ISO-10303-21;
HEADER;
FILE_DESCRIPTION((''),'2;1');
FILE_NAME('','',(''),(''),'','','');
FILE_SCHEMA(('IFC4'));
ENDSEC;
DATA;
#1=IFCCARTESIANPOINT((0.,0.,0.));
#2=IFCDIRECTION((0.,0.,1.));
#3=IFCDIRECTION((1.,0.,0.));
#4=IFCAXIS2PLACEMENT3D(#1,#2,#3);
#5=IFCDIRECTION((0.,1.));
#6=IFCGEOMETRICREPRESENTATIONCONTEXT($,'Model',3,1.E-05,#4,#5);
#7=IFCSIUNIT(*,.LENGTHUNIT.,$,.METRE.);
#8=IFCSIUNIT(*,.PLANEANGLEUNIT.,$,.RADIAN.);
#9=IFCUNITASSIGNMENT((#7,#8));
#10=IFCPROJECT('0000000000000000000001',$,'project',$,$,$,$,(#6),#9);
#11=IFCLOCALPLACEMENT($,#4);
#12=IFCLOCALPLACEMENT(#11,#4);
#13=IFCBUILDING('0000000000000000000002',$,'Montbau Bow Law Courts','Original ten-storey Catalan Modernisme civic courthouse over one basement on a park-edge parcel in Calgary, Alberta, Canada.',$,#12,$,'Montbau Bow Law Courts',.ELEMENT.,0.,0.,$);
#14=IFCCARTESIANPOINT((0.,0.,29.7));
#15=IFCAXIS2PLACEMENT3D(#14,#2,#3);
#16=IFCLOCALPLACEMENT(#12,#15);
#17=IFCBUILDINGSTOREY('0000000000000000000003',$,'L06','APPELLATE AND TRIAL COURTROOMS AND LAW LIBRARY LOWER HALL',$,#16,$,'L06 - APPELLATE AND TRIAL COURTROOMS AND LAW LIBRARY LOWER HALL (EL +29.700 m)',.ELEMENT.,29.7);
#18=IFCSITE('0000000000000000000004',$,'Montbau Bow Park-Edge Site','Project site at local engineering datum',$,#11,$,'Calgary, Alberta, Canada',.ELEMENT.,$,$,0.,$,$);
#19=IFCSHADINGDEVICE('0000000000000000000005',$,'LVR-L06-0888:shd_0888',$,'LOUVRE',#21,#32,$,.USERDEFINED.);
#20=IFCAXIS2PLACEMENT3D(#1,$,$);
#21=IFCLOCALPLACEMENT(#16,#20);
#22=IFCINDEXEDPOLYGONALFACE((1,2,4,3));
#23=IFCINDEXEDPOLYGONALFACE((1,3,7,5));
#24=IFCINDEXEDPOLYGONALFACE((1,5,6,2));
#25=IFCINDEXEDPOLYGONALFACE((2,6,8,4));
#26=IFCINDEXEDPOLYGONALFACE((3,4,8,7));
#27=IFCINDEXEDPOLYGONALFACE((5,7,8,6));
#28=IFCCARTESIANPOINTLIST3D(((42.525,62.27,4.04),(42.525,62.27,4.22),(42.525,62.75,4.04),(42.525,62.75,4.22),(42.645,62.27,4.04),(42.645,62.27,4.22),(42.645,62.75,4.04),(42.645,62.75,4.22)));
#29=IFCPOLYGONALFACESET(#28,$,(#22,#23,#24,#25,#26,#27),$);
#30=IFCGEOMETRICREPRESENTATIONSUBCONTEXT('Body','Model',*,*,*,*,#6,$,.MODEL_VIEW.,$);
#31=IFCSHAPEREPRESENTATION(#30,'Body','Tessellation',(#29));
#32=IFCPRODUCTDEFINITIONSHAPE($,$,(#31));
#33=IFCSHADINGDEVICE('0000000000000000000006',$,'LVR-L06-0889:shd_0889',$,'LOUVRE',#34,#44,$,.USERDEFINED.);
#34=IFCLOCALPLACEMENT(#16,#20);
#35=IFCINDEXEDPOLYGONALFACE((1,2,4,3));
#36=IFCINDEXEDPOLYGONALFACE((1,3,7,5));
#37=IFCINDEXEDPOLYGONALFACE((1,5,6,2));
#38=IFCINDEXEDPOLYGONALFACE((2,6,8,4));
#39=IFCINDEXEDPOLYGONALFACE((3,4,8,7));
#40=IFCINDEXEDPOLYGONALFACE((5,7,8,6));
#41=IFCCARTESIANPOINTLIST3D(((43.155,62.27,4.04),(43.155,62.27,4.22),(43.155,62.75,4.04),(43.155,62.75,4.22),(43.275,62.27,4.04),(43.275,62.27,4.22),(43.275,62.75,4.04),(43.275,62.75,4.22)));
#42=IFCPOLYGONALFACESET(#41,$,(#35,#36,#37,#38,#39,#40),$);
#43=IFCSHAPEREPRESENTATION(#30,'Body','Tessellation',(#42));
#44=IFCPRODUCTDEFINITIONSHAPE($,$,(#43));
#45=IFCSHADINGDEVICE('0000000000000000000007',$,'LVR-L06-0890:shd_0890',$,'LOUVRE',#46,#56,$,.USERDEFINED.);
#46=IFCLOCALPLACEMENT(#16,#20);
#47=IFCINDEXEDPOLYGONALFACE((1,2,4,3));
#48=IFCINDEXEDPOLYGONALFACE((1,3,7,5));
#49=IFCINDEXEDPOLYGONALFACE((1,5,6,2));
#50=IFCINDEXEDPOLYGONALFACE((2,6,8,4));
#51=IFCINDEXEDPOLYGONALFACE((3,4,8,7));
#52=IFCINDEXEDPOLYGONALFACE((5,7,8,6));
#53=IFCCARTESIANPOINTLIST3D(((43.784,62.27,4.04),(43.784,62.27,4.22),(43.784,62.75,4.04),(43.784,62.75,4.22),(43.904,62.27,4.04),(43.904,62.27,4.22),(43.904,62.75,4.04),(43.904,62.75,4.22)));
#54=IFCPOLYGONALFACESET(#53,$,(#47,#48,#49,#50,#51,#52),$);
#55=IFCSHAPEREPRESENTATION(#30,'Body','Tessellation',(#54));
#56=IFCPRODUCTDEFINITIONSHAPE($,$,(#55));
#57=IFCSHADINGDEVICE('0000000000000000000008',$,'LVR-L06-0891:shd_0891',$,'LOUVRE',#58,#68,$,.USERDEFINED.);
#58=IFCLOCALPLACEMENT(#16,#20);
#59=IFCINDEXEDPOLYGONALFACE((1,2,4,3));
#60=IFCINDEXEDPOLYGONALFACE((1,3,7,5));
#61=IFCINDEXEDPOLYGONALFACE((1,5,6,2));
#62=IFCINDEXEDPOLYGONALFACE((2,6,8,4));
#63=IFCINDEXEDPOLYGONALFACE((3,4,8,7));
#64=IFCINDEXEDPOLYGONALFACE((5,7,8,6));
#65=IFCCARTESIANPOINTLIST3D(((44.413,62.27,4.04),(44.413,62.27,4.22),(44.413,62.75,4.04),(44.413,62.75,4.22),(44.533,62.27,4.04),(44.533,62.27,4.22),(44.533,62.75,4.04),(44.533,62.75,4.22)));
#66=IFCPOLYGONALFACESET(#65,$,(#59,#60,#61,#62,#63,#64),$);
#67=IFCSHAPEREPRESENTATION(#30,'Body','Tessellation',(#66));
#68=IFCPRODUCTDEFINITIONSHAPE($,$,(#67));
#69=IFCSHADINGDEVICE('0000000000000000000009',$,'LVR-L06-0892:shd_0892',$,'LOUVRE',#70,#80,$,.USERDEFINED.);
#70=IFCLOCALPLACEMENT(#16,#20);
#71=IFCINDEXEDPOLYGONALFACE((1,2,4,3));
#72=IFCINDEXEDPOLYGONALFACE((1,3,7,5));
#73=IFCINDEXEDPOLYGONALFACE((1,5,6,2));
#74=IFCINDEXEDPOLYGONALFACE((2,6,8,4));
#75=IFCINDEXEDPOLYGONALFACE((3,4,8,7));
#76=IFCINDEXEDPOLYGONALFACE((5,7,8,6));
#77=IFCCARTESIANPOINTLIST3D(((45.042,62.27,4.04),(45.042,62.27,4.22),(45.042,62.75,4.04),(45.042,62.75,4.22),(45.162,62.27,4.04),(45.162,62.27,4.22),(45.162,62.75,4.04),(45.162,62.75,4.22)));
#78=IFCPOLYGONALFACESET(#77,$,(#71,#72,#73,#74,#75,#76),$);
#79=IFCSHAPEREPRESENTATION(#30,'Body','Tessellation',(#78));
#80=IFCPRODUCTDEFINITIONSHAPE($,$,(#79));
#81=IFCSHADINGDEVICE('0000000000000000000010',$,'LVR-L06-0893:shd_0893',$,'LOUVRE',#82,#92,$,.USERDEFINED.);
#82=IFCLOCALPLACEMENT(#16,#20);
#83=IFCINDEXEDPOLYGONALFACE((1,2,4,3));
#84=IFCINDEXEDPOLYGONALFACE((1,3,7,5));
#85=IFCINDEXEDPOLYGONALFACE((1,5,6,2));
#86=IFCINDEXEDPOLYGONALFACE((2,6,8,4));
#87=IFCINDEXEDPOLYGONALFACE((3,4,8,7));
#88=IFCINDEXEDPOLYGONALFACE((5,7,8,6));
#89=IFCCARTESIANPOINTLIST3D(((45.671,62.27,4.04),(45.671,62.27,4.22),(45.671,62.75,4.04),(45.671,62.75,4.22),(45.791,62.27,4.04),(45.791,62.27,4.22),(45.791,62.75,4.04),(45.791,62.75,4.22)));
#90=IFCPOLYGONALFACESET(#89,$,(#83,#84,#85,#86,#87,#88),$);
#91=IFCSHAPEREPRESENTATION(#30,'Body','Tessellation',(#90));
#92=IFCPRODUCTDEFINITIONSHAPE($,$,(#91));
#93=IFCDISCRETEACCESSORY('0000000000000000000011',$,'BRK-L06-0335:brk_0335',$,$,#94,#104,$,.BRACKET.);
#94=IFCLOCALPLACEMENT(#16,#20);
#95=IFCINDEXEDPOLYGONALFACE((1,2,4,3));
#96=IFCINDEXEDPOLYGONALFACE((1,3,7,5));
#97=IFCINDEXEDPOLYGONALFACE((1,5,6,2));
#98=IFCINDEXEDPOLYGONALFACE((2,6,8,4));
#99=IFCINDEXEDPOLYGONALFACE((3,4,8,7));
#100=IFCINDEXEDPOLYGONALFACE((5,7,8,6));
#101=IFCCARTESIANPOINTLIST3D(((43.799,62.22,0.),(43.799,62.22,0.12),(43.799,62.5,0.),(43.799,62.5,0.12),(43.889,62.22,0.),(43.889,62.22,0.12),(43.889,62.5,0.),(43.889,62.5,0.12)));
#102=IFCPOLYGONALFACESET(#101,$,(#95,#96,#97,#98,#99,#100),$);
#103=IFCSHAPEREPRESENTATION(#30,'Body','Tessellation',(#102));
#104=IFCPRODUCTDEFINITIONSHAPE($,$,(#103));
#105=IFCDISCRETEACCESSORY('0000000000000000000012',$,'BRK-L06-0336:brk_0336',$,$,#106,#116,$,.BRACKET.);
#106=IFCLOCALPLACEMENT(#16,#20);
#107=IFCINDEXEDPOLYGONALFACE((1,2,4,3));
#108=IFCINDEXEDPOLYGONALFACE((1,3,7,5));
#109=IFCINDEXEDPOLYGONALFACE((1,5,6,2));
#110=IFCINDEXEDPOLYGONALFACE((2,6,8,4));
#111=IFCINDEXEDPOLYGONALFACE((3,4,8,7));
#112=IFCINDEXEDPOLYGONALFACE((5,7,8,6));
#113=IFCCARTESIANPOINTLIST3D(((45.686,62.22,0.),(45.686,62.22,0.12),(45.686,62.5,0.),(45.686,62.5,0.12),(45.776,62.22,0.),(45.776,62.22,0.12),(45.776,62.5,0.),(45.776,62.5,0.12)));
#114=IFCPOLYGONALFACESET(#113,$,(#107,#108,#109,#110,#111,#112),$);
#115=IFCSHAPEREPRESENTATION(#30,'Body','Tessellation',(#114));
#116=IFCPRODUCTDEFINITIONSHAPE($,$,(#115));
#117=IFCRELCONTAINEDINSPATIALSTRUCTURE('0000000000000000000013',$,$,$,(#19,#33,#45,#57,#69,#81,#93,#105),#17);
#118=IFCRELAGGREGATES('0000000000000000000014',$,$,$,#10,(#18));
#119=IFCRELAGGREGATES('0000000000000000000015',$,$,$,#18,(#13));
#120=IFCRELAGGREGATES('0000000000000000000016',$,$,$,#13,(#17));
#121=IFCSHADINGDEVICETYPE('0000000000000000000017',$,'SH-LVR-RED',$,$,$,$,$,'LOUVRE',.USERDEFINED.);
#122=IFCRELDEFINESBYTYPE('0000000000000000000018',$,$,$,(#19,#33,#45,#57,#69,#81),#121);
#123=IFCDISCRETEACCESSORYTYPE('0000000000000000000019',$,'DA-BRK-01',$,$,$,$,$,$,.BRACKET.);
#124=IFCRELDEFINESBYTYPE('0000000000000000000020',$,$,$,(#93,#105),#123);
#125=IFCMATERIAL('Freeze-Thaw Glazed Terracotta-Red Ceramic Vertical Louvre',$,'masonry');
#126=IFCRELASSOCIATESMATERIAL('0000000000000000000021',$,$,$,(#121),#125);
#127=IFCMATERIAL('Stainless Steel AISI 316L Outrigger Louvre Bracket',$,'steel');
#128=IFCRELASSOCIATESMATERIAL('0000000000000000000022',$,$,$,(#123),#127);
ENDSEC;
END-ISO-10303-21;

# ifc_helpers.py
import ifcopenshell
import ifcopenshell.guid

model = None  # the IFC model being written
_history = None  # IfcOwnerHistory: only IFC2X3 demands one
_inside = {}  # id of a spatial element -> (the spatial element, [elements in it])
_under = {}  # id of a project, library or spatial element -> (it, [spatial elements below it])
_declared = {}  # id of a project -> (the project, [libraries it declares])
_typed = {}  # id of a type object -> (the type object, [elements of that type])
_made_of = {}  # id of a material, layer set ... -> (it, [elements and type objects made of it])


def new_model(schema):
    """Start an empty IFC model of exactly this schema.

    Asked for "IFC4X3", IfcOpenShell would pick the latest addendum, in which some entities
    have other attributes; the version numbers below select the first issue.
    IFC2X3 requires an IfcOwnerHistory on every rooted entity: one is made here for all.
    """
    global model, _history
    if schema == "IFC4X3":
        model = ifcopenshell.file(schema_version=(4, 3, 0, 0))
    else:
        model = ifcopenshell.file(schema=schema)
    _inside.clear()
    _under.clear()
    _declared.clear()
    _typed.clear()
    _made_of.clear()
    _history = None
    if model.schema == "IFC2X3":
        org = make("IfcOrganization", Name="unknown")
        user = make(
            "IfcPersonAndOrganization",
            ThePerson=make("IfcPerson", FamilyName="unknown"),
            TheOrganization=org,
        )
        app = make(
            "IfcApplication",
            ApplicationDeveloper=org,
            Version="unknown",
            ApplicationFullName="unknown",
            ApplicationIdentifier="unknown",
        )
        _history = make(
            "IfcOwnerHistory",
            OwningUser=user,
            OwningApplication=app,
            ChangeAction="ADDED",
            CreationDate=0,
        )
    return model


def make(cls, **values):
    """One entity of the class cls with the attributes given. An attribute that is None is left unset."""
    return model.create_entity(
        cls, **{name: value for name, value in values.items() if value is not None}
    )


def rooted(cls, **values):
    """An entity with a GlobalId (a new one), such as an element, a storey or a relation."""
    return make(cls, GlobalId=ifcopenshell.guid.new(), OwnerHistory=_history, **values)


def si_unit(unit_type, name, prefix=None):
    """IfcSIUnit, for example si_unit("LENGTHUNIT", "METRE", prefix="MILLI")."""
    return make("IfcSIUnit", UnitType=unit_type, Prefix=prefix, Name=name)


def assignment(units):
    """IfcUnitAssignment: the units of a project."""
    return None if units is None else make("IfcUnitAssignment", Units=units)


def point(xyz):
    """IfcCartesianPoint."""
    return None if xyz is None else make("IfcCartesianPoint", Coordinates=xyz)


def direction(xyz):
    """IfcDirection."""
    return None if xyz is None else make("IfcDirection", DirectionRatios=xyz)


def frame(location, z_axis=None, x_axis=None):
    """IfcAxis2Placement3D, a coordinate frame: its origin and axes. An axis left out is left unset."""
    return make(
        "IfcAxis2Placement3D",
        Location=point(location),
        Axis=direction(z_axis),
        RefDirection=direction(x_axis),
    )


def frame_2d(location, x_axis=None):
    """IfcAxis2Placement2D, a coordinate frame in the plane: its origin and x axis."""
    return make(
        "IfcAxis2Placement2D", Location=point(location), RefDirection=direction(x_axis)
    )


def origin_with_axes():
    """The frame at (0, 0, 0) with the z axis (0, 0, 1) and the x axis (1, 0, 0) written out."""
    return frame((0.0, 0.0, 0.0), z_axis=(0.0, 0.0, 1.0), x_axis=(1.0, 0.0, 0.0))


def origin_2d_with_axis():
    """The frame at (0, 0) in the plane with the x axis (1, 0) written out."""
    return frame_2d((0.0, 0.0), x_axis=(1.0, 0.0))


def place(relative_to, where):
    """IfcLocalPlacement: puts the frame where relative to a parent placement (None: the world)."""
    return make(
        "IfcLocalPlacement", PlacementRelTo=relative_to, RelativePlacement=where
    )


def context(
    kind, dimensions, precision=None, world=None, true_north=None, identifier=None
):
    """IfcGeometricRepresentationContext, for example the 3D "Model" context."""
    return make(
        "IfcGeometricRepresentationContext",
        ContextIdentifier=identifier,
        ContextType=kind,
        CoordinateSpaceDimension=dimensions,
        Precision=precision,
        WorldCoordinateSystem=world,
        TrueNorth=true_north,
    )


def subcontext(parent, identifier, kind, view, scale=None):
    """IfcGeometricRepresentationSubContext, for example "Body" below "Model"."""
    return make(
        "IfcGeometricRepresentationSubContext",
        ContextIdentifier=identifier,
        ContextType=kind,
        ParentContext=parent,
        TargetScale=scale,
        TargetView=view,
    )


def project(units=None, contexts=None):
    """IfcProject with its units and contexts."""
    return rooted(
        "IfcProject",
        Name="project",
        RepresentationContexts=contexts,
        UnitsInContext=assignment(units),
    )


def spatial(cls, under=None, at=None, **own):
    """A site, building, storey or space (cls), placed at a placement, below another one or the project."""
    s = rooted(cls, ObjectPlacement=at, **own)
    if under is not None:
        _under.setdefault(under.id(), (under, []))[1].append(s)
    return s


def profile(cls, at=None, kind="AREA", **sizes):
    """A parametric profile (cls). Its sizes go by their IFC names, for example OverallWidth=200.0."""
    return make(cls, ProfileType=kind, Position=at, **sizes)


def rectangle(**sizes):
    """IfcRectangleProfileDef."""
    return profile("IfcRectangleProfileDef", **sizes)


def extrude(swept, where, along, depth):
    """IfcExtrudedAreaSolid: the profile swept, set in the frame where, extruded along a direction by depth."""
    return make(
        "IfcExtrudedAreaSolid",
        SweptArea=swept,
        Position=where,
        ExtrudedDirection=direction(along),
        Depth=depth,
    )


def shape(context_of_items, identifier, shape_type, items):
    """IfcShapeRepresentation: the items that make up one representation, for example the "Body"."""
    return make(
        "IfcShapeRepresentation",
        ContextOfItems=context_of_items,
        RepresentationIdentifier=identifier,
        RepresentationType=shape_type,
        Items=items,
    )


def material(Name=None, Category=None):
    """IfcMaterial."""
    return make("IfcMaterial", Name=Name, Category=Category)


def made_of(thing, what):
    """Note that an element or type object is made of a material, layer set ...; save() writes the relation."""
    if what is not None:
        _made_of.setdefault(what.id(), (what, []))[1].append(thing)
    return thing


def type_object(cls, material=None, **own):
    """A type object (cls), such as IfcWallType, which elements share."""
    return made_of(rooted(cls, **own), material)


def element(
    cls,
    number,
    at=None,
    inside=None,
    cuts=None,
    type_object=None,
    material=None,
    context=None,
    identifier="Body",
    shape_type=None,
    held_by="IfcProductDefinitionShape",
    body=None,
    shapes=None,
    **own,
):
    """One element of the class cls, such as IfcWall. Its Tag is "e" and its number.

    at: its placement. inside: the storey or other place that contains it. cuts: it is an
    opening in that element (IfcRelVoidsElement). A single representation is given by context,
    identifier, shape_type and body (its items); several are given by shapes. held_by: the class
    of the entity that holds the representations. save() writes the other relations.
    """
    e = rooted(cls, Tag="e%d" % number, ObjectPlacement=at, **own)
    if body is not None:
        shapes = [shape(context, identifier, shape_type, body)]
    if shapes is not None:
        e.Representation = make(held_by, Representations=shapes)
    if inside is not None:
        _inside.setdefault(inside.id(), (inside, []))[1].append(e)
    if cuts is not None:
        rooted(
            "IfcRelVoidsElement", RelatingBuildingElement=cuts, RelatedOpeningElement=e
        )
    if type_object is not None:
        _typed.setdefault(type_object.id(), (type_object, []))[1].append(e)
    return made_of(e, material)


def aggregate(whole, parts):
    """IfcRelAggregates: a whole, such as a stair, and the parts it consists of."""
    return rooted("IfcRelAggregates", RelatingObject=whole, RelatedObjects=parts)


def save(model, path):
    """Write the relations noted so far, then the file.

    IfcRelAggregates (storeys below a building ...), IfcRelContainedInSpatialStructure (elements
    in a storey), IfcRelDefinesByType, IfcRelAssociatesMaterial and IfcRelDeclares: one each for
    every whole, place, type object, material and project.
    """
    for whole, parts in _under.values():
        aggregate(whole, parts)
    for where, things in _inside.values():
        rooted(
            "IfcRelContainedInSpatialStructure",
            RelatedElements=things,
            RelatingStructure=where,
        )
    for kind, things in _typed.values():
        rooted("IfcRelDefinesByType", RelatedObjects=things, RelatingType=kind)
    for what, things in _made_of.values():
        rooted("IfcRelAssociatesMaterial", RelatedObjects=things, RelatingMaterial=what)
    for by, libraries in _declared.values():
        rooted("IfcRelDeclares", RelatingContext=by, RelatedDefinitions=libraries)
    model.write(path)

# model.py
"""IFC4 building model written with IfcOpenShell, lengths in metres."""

from ifc_helpers import new_model, si_unit, direction, frame, origin_with_axes, origin_2d_with_axis, place, context, subcontext, project, spatial, rectangle, extrude, material, type_object, element, save


model = new_model("IFC4")

# Units and contexts
model_context = context("Model", 3, precision=1e-05, world=origin_with_axes(), true_north=direction((0.0, 1.0)))
body_context = subcontext(model_context, "Body", "Model", "MODEL_VIEW")
ifc_project = project(units=[si_unit("LENGTHUNIT", "METRE"), si_unit("PLANEANGLEUNIT", "RADIAN")], contexts=[model_context])

# Site, building, storey
site_placement = place(None, origin_with_axes())
site = spatial("IfcSite", under=ifc_project, at=site_placement, Name="Montbau Bow Park-Edge Site", Description="Project site at local engineering datum", LongName="Calgary, Alberta, Canada", CompositionType="ELEMENT", RefElevation=0.0)
building_placement = place(site_placement, origin_with_axes())
building = spatial("IfcBuilding", under=site, at=building_placement, Name="Montbau Bow Law Courts", Description="Original ten-storey Catalan Modernisme civic courthouse over one basement on a park-edge parcel in Calgary, Alberta, Canada.", LongName="Montbau Bow Law Courts", CompositionType="ELEMENT", ElevationOfRefHeight=0.0, ElevationOfTerrain=0.0)
storey_placement = place(building_placement, frame((0.0, 0.0, 29.7), z_axis=(0.0, 0.0, 1.0), x_axis=(1.0, 0.0, 0.0)))
storey = spatial("IfcBuildingStorey", under=building, at=storey_placement, Name="L06", Description="APPELLATE AND TRIAL COURTROOMS AND LAW LIBRARY LOWER HALL", LongName="L06 - APPELLATE AND TRIAL COURTROOMS AND LAW LIBRARY LOWER HALL (EL +29.700 m)", CompositionType="ELEMENT", Elevation=29.7)

# Shared definitions
ifc_material_1 = material(Name="Freeze-Thaw Glazed Terracotta-Red Ceramic Vertical Louvre", Category="masonry")

# Shading devices
shading_device_type = type_object("IfcShadingDeviceType", Name="SH-LVR-RED", ElementType="LOUVRE", PredefinedType="USERDEFINED", material=ifc_material_1)
for number, where, z_axis, x_axis, name in (
    (1, (42.585, 62.51, 33.74), (0.0, 0.0, 1.0), (0.0, 1.0, 0.0), "LVR-L06-0888:shd_0888"),
    (2, (43.215, 62.51, 33.74), (0.0, 0.0, 1.0), (0.0, 1.0, 0.0), "LVR-L06-0889:shd_0889"),
    (3, (43.844, 62.51, 33.74), (0.0, 0.0, 1.0), (0.0, 1.0, 0.0), "LVR-L06-0890:shd_0890"),
    (4, (44.473, 62.51, 33.74), (0.0, 0.0, 1.0), (0.0, 1.0, 0.0), "LVR-L06-0891:shd_0891"),
    (5, (45.102, 62.51, 33.74), (0.0, 0.0, 1.0), (0.0, 1.0, 0.0), "LVR-L06-0892:shd_0892"),
    (6, (45.731, 62.51, 33.74), (0.0, 0.0, 1.0), (0.0, 1.0, 0.0), "LVR-L06-0893:shd_0893"),
):
    element("IfcShadingDevice", number, at=place(None, frame(where, z_axis=z_axis, x_axis=x_axis)), inside=storey, type_object=shading_device_type, Name=name, ObjectType="LOUVRE", PredefinedType="USERDEFINED", context=body_context, shape_type="SweptSolid", body=[
        extrude(rectangle(XDim=0.48, YDim=0.12, at=origin_2d_with_axis()), origin_with_axes(), (0.0, 0.0, 1.0), 0.18),
    ])

# Discrete accessories
ifc_material_2 = material(Name="Stainless Steel AISI 316L Outrigger Louvre Bracket", Category="steel")
discrete_accessory_type = type_object("IfcDiscreteAccessoryType", Name="DA-BRK-01", PredefinedType="BRACKET", material=ifc_material_2)
for number, where, z_axis, x_axis, name in (
    (7, (43.844, 62.36, 29.7), (0.0, 0.0, 1.0), (0.0, 1.0, 0.0), "BRK-L06-0335:brk_0335"),
    (8, (45.731, 62.36, 29.7), (0.0, 0.0, 1.0), (0.0, 1.0, 0.0), "BRK-L06-0336:brk_0336"),
):
    element("IfcDiscreteAccessory", number, at=place(None, frame(where, z_axis=z_axis, x_axis=x_axis)), inside=storey, type_object=discrete_accessory_type, Name=name, PredefinedType="BRACKET", context=body_context, shape_type="SweptSolid", body=[
        extrude(rectangle(XDim=0.28, YDim=0.09, at=origin_2d_with_axis()), origin_with_axes(), (0.0, 0.0, 1.0), 0.12),
    ])

save(model, "model.ifc")
